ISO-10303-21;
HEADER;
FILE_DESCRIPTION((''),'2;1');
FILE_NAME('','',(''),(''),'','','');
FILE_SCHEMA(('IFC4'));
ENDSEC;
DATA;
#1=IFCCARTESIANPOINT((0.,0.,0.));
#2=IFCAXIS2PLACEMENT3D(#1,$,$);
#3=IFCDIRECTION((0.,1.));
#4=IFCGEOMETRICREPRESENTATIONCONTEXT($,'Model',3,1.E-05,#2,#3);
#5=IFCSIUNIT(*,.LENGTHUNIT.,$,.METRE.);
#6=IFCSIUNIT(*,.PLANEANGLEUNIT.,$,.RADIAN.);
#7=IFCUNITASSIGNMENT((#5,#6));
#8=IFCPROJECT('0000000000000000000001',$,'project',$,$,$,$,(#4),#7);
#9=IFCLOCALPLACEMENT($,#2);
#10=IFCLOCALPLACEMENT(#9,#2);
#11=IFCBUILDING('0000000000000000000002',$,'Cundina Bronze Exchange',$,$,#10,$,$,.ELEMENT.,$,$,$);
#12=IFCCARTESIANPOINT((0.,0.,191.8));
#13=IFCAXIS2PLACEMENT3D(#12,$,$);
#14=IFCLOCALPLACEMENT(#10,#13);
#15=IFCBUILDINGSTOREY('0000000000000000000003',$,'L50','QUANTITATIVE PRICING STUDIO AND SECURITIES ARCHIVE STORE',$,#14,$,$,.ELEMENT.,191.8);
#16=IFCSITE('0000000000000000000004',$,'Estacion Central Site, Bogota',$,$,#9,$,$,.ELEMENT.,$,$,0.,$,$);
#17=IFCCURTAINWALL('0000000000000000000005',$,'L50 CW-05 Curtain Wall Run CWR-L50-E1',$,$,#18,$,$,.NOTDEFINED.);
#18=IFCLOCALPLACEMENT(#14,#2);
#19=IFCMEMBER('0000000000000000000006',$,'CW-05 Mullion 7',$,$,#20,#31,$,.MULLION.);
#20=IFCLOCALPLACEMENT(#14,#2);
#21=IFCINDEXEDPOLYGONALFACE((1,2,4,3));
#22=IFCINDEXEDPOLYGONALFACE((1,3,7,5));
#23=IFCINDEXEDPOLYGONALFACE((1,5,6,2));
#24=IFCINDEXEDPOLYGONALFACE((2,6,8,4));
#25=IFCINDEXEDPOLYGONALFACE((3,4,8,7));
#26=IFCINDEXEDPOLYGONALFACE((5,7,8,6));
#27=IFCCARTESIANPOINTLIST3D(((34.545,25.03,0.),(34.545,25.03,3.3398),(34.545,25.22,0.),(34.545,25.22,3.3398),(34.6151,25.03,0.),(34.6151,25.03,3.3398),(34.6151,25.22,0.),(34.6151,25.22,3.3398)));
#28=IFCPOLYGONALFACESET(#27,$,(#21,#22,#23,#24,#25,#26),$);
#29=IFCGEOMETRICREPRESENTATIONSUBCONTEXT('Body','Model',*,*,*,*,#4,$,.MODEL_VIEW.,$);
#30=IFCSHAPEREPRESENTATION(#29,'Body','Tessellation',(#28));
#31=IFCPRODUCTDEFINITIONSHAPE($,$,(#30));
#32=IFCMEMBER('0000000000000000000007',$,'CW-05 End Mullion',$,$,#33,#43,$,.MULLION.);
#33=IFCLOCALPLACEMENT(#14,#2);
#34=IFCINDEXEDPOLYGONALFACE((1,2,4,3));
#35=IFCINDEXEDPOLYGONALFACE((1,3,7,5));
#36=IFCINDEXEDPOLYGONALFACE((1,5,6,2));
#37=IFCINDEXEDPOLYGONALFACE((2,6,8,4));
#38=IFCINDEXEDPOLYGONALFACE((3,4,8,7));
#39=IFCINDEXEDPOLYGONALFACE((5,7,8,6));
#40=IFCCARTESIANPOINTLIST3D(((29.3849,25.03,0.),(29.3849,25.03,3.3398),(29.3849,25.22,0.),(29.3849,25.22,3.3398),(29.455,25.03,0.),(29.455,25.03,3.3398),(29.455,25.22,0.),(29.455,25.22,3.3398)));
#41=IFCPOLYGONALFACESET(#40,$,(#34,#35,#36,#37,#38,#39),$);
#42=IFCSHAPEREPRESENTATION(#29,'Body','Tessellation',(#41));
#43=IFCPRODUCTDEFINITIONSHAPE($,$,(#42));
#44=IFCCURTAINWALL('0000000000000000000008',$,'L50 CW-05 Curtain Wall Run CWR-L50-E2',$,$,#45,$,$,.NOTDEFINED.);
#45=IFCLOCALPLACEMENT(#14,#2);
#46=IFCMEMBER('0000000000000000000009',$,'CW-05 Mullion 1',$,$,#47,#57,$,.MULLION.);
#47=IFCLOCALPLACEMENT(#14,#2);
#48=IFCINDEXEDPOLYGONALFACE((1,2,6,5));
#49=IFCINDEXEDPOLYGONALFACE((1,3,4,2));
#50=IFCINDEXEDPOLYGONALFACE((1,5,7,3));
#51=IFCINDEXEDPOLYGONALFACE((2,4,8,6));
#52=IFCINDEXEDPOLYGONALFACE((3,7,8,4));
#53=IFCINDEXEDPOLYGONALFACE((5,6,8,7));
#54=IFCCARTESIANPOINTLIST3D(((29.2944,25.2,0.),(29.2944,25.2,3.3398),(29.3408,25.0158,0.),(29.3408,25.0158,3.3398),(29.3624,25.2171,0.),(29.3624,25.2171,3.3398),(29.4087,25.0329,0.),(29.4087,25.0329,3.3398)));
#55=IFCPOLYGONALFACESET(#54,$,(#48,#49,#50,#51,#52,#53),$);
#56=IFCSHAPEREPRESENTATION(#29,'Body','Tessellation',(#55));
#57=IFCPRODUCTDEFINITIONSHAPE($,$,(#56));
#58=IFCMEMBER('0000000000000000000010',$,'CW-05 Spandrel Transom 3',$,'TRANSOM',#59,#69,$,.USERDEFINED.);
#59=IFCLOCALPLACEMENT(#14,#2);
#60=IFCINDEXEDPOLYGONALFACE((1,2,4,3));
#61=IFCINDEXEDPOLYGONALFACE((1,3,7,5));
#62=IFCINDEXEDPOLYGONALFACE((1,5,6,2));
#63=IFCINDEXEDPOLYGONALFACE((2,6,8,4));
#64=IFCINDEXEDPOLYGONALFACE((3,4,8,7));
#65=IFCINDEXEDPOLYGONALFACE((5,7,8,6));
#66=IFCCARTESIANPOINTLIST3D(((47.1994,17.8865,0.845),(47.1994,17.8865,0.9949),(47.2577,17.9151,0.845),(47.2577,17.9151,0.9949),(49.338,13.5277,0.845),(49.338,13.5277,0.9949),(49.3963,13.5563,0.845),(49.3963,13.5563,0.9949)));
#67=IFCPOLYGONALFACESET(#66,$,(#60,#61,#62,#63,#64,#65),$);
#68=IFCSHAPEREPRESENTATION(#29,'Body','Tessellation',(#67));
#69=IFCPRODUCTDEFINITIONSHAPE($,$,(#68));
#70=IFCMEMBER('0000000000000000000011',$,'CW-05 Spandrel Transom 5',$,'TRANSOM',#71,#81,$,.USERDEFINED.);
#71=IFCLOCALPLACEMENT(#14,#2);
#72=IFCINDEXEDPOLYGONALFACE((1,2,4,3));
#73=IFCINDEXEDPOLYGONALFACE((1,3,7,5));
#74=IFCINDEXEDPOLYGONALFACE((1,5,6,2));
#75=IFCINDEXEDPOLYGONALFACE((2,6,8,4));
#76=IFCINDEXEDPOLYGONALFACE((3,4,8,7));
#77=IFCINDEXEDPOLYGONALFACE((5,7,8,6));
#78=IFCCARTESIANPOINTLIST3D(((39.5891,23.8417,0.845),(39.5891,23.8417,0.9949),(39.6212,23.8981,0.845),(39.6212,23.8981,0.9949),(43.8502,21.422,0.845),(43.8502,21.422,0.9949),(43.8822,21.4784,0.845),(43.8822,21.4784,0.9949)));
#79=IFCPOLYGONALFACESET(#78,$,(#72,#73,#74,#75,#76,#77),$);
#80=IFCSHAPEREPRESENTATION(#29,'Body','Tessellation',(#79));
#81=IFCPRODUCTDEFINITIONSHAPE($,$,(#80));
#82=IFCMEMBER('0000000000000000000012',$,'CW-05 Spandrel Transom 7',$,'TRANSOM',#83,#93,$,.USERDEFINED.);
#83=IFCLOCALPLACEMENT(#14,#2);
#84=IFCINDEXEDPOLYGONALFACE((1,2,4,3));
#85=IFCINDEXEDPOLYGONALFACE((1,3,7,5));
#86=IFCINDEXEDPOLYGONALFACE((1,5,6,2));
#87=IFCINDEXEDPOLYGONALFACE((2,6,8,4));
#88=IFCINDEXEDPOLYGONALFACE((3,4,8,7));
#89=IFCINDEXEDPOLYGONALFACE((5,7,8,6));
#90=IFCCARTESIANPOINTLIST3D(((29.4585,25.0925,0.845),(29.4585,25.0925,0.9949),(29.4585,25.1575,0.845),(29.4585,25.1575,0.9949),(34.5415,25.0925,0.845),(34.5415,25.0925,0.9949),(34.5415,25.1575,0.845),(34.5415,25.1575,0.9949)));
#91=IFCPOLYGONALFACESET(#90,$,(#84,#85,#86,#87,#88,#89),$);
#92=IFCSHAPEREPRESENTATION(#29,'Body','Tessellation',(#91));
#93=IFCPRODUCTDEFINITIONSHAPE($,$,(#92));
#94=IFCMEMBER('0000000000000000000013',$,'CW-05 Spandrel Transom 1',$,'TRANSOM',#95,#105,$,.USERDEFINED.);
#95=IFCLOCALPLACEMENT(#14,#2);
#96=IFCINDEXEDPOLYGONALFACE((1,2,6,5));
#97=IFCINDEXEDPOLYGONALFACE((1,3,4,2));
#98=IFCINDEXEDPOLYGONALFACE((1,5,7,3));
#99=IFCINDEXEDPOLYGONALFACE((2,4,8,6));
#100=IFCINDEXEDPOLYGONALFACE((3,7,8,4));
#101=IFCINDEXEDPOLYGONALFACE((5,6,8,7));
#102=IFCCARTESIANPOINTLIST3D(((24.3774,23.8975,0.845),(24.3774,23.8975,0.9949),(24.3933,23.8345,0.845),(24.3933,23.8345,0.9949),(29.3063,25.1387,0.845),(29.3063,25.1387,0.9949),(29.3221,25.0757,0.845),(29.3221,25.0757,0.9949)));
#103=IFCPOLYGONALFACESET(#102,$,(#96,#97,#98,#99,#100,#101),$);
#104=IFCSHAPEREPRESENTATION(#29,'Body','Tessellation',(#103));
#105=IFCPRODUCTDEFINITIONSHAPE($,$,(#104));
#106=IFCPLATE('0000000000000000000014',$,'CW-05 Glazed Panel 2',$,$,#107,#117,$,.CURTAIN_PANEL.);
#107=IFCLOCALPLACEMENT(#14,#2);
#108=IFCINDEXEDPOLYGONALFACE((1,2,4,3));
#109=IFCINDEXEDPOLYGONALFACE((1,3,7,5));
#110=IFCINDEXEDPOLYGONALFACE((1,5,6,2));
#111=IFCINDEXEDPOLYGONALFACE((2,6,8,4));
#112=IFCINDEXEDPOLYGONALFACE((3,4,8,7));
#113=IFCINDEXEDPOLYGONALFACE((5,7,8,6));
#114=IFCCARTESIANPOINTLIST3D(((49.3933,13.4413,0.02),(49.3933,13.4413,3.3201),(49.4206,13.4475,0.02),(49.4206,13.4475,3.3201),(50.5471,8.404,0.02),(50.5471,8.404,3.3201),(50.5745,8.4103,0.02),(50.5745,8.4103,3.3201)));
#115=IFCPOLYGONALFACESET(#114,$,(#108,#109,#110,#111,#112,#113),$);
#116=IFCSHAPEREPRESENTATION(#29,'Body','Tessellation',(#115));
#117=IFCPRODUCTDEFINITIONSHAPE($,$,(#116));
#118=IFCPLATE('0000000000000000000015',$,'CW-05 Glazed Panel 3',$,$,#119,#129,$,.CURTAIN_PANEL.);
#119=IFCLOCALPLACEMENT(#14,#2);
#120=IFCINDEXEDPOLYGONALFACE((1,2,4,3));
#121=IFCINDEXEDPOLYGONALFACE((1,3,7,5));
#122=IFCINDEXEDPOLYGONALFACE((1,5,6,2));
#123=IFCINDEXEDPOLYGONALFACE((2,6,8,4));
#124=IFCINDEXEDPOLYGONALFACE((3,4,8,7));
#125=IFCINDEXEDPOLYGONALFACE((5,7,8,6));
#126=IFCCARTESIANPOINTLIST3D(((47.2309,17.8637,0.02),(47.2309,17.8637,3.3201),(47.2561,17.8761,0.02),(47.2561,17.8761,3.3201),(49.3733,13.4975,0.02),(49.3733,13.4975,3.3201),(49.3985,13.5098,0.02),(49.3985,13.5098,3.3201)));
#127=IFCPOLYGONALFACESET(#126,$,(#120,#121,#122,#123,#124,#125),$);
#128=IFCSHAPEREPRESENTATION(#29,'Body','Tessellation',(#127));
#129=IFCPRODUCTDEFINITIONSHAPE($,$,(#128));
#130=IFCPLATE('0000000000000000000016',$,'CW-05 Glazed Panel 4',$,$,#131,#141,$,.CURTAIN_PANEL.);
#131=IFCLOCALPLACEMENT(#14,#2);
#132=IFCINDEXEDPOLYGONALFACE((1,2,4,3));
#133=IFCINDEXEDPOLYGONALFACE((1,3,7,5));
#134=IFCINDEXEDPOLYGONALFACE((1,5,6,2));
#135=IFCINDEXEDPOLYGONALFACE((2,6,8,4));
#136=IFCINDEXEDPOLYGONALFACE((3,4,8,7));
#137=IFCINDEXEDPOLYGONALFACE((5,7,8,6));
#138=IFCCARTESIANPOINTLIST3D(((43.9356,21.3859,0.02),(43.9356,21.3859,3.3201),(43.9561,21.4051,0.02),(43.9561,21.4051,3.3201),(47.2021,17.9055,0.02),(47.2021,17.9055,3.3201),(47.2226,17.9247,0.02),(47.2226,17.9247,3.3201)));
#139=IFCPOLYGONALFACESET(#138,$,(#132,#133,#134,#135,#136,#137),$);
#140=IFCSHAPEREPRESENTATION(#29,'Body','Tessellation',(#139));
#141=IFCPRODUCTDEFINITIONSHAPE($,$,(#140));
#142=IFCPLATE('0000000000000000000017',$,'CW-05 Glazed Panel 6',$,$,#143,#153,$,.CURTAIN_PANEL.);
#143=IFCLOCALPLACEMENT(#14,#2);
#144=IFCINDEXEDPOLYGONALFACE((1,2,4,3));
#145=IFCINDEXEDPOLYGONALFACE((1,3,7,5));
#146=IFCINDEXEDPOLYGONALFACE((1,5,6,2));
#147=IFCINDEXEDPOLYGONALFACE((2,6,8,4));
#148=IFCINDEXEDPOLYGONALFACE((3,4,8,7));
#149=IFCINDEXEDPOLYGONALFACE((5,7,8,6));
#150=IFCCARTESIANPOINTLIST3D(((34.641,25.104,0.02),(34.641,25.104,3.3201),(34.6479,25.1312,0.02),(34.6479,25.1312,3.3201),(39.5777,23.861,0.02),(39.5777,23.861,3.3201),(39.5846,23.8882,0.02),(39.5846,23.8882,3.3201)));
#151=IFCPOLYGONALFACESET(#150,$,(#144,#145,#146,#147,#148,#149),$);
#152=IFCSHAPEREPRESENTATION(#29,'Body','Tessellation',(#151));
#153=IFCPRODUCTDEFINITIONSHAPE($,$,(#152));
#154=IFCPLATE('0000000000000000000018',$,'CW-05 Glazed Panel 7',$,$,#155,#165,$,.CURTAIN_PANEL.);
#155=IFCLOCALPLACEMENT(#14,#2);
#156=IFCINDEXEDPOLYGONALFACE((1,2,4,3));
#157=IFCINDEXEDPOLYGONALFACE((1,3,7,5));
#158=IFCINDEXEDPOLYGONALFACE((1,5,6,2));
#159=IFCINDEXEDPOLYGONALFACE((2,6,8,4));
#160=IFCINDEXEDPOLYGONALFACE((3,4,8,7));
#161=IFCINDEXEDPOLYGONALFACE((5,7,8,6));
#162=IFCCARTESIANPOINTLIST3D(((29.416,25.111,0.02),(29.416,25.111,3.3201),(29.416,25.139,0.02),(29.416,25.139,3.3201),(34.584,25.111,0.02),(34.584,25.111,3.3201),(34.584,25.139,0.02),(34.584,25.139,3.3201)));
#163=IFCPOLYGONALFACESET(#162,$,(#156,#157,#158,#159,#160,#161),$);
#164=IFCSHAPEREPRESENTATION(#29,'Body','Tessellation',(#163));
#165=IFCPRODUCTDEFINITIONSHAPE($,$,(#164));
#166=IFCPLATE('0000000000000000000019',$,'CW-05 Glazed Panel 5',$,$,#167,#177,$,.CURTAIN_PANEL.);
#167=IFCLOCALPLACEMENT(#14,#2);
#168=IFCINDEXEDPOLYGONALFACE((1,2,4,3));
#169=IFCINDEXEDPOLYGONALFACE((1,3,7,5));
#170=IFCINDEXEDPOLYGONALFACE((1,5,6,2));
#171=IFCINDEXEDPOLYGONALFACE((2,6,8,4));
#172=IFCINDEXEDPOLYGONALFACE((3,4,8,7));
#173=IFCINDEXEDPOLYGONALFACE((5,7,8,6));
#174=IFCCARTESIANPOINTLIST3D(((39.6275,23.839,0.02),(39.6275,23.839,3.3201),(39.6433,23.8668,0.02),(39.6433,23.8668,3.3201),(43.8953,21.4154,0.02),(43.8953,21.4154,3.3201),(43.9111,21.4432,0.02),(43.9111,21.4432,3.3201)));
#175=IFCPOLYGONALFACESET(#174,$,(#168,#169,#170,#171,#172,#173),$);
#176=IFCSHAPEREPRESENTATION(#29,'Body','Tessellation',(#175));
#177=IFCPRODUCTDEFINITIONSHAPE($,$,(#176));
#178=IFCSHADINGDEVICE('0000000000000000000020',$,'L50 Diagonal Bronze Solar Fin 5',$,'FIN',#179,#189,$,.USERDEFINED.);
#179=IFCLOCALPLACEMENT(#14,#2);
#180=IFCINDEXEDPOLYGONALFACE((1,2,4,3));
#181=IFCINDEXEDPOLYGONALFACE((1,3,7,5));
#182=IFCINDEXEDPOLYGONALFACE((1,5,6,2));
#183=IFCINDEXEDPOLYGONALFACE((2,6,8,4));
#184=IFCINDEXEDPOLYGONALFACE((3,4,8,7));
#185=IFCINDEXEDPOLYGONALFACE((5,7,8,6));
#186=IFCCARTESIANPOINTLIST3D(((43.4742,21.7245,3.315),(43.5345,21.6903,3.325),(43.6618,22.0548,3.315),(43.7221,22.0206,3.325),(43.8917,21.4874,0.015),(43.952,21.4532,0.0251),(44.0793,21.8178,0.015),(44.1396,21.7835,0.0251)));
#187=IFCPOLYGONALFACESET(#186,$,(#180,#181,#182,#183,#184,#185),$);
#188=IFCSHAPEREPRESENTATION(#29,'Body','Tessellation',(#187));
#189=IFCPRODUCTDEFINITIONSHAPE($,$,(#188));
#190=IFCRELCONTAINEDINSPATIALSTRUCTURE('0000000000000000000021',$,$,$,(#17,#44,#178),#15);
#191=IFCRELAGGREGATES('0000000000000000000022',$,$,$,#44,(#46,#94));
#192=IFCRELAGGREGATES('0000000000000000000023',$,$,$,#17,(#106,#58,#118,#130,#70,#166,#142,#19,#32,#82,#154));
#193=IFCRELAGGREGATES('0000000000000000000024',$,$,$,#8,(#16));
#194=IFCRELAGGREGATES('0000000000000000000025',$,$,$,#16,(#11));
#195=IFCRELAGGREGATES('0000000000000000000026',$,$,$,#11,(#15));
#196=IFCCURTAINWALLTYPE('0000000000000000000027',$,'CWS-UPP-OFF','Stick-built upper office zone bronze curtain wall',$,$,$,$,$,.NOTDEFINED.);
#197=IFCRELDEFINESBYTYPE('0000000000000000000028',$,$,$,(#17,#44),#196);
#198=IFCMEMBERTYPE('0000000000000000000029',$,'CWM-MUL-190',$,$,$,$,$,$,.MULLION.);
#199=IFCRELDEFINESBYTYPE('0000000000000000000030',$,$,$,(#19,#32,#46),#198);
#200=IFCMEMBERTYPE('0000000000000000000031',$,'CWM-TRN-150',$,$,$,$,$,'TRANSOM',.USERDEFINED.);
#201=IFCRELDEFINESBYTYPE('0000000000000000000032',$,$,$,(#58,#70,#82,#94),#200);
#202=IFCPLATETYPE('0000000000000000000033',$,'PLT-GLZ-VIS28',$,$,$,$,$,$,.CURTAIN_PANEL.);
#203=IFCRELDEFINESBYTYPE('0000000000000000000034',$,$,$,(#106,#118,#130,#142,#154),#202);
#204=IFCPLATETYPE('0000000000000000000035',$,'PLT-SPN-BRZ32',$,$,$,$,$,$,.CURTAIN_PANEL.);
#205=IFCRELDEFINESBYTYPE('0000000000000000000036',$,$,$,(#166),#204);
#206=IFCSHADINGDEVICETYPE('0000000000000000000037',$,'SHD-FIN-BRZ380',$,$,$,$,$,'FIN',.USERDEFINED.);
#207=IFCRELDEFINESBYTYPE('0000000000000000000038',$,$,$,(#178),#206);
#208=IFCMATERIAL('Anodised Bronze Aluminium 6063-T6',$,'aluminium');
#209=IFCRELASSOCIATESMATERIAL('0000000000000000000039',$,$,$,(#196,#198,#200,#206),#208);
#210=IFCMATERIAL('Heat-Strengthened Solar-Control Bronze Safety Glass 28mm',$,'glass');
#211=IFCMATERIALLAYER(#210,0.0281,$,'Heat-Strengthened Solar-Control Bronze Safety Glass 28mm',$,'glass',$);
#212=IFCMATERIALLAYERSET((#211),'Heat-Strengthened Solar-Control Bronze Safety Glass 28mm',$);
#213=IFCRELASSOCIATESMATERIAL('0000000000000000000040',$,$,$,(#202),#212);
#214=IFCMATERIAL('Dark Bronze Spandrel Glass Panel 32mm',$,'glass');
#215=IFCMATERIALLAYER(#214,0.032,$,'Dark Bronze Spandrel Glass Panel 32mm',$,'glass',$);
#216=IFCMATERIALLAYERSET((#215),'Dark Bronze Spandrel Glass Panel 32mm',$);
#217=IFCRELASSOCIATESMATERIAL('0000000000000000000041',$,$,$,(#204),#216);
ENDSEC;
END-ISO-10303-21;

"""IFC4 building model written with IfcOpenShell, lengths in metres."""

from ifc_helpers import new_model, si_unit, direction, frame, origin, origin_2d, place, context, subcontext, project, spatial, rectangle, extrude, material, layer, layer_set, material_profile, profile_set, type_object, element, aggregate, save


model = new_model("IFC4")

# Units and contexts
model_context = context("Model", 3, precision=1e-05, world=origin(), true_north=direction((0.0, 1.0)))
body_context = subcontext(model_context, "Body", "Model", "MODEL_VIEW")
ifc_project = project(units=[si_unit("LENGTHUNIT", "METRE"), si_unit("PLANEANGLEUNIT", "RADIAN")], contexts=[model_context])

# Site, building, storey
site_placement = place(None, origin())
site = spatial("IfcSite", under=ifc_project, at=site_placement, Name="Estacion Central Site, Bogota", CompositionType="ELEMENT", RefElevation=0.0)
building_placement = place(site_placement, origin())
building = spatial("IfcBuilding", under=site, at=building_placement, Name="Cundina Bronze Exchange", CompositionType="ELEMENT")
storey_placement = place(building_placement, frame((0.0, 0.0, 191.8)))
storey = spatial("IfcBuildingStorey", under=building, at=storey_placement, Name="L50", Description="QUANTITATIVE PRICING STUDIO AND SECURITIES ARCHIVE STORE", CompositionType="ELEMENT", Elevation=191.8)

# Curtain wall, members
ifc_material_1 = material(Name="Anodised Bronze Aluminium 6063-T6", Category="aluminium")
curtain_wall_type = type_object("IfcCurtainWallType", Name="CWS-UPP-OFF", Description="Stick-built upper office zone bronze curtain wall", PredefinedType="NOTDEFINED", material=ifc_material_1)
curtain_wall_1_placement = place(storey_placement, origin())
curtain_wall_1 = element("IfcCurtainWall", 1, at=curtain_wall_1_placement, inside=storey, type_object=curtain_wall_type, Name="L50 CW-05 Curtain Wall Run CWR-L50-E1", PredefinedType="NOTDEFINED")
ifc_material_profile_1 = material_profile(ifc_material_1, rectangle(XDim=0.0701, YDim=0.1899, at=origin_2d()), Name="AL70X190", Category="aluminium")
ifc_profile_set_1 = profile_set([ifc_material_profile_1], Name="Anodised Bronze Aluminium 6063-T6")
member_type_1 = type_object("IfcMemberType", Name="CWM-MUL-190", PredefinedType="MULLION", material=ifc_profile_set_1)
member_1_placement = place(storey_placement, frame((34.5801, 25.125, 0.0), z_axis=(0.0, 0.0, 1.0), x_axis=(-1.0, 0.0, 0.0)))
member_1 = element("IfcMember", 2, at=member_1_placement, type_object=member_type_1, Name="CW-05 Mullion 7", PredefinedType="MULLION", context=body_context, shape_type="SweptSolid", body=[
    extrude(rectangle(XDim=0.0701, YDim=0.1899, at=origin_2d()), origin(), (0.0, 0.0, 1.0), 3.3398),
])
member_2_placement = place(storey_placement, frame((29.4199, 25.125, 0.0), z_axis=(0.0, 0.0, 1.0), x_axis=(-1.0, 0.0, 0.0)))
member_2 = element("IfcMember", 3, at=member_2_placement, type_object=member_type_1, Name="CW-05 End Mullion", PredefinedType="MULLION", context=body_context, shape_type="SweptSolid", body=[
    extrude(rectangle(XDim=0.0701, YDim=0.1899, at=origin_2d()), origin(), (0.0, 0.0, 1.0), 3.3398),
])

# Curtain wall, member
curtain_wall_2_placement = place(storey_placement, origin())
curtain_wall_2 = element("IfcCurtainWall", 4, at=curtain_wall_2_placement, inside=storey, type_object=curtain_wall_type, Name="L50 CW-05 Curtain Wall Run CWR-L50-E2", PredefinedType="NOTDEFINED")
member_3_placement = place(storey_placement, frame((29.3516, 25.1165, 0.0), z_axis=(0.0, 0.0, 1.0), x_axis=(-0.969744, -0.244123, 0.0)))
member_3 = element("IfcMember", 5, at=member_3_placement, type_object=member_type_1, Name="CW-05 Mullion 1", PredefinedType="MULLION", context=body_context, shape_type="SweptSolid", body=[
    extrude(rectangle(XDim=0.0701, YDim=0.1899, at=origin_2d()), origin(), (0.0, 0.0, 1.0), 3.3398),
])

# Members
ifc_material_profile_2 = material_profile(ifc_material_1, rectangle(XDim=0.0649, YDim=0.1499, at=origin_2d()), Name="AL65X150", Category="aluminium")
ifc_profile_set_2 = profile_set([ifc_material_profile_2], Name="Anodised Bronze Aluminium 6063-T6")
member_type_2 = type_object("IfcMemberType", Name="CWM-TRN-150", ElementType="TRANSOM", PredefinedType="USERDEFINED", material=ifc_profile_set_2)
member_4_placement = place(storey_placement, frame((49.3672, 13.542, 0.9199), z_axis=(-0.440483, 0.897761, 0.0), x_axis=(-0.897761, -0.440483, 0.0)))
member_4 = element("IfcMember", 6, at=member_4_placement, type_object=member_type_2, Name="CW-05 Spandrel Transom 3", ObjectType="TRANSOM", PredefinedType="USERDEFINED", context=body_context, shape_type="SweptSolid", body=[
    extrude(rectangle(XDim=0.0649, YDim=0.1499, at=origin_2d()), origin(), (0.0, 0.0, 1.0), 4.8552),
])
member_5_placement = place(storey_placement, frame((43.8662, 21.4502, 0.9199), z_axis=(-0.869574, 0.493803, 0.0), x_axis=(-0.493803, -0.869574, 0.0)))
member_5 = element("IfcMember", 7, at=member_5_placement, type_object=member_type_2, Name="CW-05 Spandrel Transom 5", ObjectType="TRANSOM", PredefinedType="USERDEFINED", context=body_context, shape_type="SweptSolid", body=[
    extrude(rectangle(XDim=0.0649, YDim=0.1499, at=origin_2d()), origin(), (0.0, 0.0, 1.0), 4.9001),
])
member_6_placement = place(storey_placement, frame((34.5415, 25.125, 0.9199), z_axis=(-1.0, 0.0, 0.0), x_axis=(0.0, -1.0, 0.0)))
member_6 = element("IfcMember", 8, at=member_6_placement, type_object=member_type_2, Name="CW-05 Spandrel Transom 7", ObjectType="TRANSOM", PredefinedType="USERDEFINED", context=body_context, shape_type="SweptSolid", body=[
    extrude(rectangle(XDim=0.0649, YDim=0.1499, at=origin_2d()), origin(), (0.0, 0.0, 1.0), 5.083),
])
member_7_placement = place(storey_placement, frame((29.3142, 25.1072, 0.9199), z_axis=(-0.969726, -0.244197, 0.0), x_axis=(0.244197, -0.969726, 0.0)))
member_7 = element("IfcMember", 9, at=member_7_placement, type_object=member_type_2, Name="CW-05 Spandrel Transom 1", ObjectType="TRANSOM", PredefinedType="USERDEFINED", context=body_context, shape_type="SweptSolid", body=[
    extrude(rectangle(XDim=0.0649, YDim=0.1499, at=origin_2d()), origin(), (0.0, 0.0, 1.0), 5.0828),
])
aggregate(curtain_wall_2, [member_3, member_7])

# Plates
ifc_material_2 = material(Name="Heat-Strengthened Solar-Control Bronze Safety Glass 28mm", Category="glass")
ifc_layer_1 = layer(ifc_material_2, 0.0281, Name="Heat-Strengthened Solar-Control Bronze Safety Glass 28mm", Category="glass")
ifc_layer_set_1 = layer_set([ifc_layer_1], Name="Heat-Strengthened Solar-Control Bronze Safety Glass 28mm")
plate_type_1 = type_object("IfcPlateType", Name="PLT-GLZ-VIS28", PredefinedType="CURTAIN_PANEL", material=ifc_layer_set_1)
plate_1_placement = place(storey_placement, frame((49.9839, 10.9258, 0.02), z_axis=(0.0, 0.0, 1.0), x_axis=(-0.223284, 0.974753, 0.0)))
plate_1 = element("IfcPlate", 10, at=plate_1_placement, type_object=plate_type_1, Name="CW-05 Glazed Panel 2", PredefinedType="CURTAIN_PANEL", context=body_context, shape_type="SweptSolid", body=[
    extrude(rectangle(XDim=5.1677, YDim=0.0281, at=origin_2d()), origin(), (0.0, 0.0, 1.0), 3.3),
])
plate_2_placement = place(storey_placement, frame((48.3147, 15.6868, 0.02), z_axis=(0.0, 0.0, 1.0), x_axis=(-0.440503, 0.897751, 0.0)))
plate_2 = element("IfcPlate", 11, at=plate_2_placement, type_object=plate_type_1, Name="CW-05 Glazed Panel 3", PredefinedType="CURTAIN_PANEL", context=body_context, shape_type="SweptSolid", body=[
    extrude(rectangle(XDim=4.8635, YDim=0.0281, at=origin_2d()), origin(), (0.0, 0.0, 1.0), 3.3),
])
plate_3_placement = place(storey_placement, frame((45.5791, 19.6553, 0.02), z_axis=(0.0, 0.0, 1.0), x_axis=(-0.684344, 0.72916, 0.0)))
plate_3 = element("IfcPlate", 12, at=plate_3_placement, type_object=plate_type_1, Name="CW-05 Glazed Panel 4", PredefinedType="CURTAIN_PANEL", context=body_context, shape_type="SweptSolid", body=[
    extrude(rectangle(XDim=4.7732, YDim=0.0281, at=origin_2d()), origin(), (0.0, 0.0, 1.0), 3.3),
])
plate_4_placement = place(storey_placement, frame((37.1128, 24.4961, 0.02), z_axis=(0.0, 0.0, 1.0), x_axis=(-0.969732, 0.244174, 0.0)))
plate_4 = element("IfcPlate", 13, at=plate_4_placement, type_object=plate_type_1, Name="CW-05 Glazed Panel 6", PredefinedType="CURTAIN_PANEL", context=body_context, shape_type="SweptSolid", body=[
    extrude(rectangle(XDim=5.0908, YDim=0.0281, at=origin_2d()), origin(), (0.0, 0.0, 1.0), 3.3),
])
plate_5_placement = place(storey_placement, frame((32.0, 25.125, 0.02), z_axis=(0.0, 0.0, 1.0), x_axis=(-1.0, 0.0, 0.0)))
plate_5 = element("IfcPlate", 14, at=plate_5_placement, type_object=plate_type_1, Name="CW-05 Glazed Panel 7", PredefinedType="CURTAIN_PANEL", context=body_context, shape_type="SweptSolid", body=[
    extrude(rectangle(XDim=5.168, YDim=0.0281, at=origin_2d()), origin(), (0.0, 0.0, 1.0), 3.3),
])
ifc_material_3 = material(Name="Dark Bronze Spandrel Glass Panel 32mm", Category="glass")
ifc_layer_2 = layer(ifc_material_3, 0.032, Name="Dark Bronze Spandrel Glass Panel 32mm", Category="glass")
ifc_layer_set_2 = layer_set([ifc_layer_2], Name="Dark Bronze Spandrel Glass Panel 32mm")
plate_type_2 = type_object("IfcPlateType", Name="PLT-SPN-BRZ32", PredefinedType="CURTAIN_PANEL", material=ifc_layer_set_2)
plate_6_placement = place(storey_placement, frame((41.7693, 22.6411, 0.02), z_axis=(0.0, 0.0, 1.0), x_axis=(-0.869573, 0.493805, 0.0)))
plate_6 = element("IfcPlate", 15, at=plate_6_placement, type_object=plate_type_2, Name="CW-05 Glazed Panel 5", PredefinedType="CURTAIN_PANEL", context=body_context, shape_type="SweptSolid", body=[
    extrude(rectangle(XDim=4.908, YDim=0.032, at=origin_2d()), origin(), (0.0, 0.0, 1.0), 3.3),
])
aggregate(curtain_wall_1, [plate_1, member_4, plate_2, plate_3, member_5, plate_6, plate_4, member_1, member_2, member_6, plate_5])

# Shading device
ifc_material_profile_3 = material_profile(ifc_material_1, rectangle(XDim=0.0701, YDim=0.3799, at=origin_2d()), Name="FIN70X380", Category="aluminium")
ifc_profile_set_3 = profile_set([ifc_material_profile_3], Name="Anodised Bronze Aluminium 6063-T6")
shading_device_type = type_object("IfcShadingDeviceType", Name="SHD-FIN-BRZ380", ElementType="FIN", PredefinedType="USERDEFINED", material=ifc_profile_set_3)
for number, where, z_axis, x_axis, name in (
    (16, (44.0156, 21.6355, 0.02), (-0.12519, 0.071087, 0.989583), (0.860527, -0.488638, 0.143965), "L50 Diagonal Bronze Solar Fin 5"),
):
    element("IfcShadingDevice", number, at=place(storey_placement, frame(where, z_axis=z_axis, x_axis=x_axis)), inside=storey, type_object=shading_device_type, Name=name, ObjectType="FIN", PredefinedType="USERDEFINED", context=body_context, shape_type="SweptSolid", body=[
        extrude(rectangle(XDim=0.0701, YDim=0.3799, at=origin_2d()), origin(), (0.0, 0.0, 1.0), 3.3347),
    ])

save(model, "model.ifc")
